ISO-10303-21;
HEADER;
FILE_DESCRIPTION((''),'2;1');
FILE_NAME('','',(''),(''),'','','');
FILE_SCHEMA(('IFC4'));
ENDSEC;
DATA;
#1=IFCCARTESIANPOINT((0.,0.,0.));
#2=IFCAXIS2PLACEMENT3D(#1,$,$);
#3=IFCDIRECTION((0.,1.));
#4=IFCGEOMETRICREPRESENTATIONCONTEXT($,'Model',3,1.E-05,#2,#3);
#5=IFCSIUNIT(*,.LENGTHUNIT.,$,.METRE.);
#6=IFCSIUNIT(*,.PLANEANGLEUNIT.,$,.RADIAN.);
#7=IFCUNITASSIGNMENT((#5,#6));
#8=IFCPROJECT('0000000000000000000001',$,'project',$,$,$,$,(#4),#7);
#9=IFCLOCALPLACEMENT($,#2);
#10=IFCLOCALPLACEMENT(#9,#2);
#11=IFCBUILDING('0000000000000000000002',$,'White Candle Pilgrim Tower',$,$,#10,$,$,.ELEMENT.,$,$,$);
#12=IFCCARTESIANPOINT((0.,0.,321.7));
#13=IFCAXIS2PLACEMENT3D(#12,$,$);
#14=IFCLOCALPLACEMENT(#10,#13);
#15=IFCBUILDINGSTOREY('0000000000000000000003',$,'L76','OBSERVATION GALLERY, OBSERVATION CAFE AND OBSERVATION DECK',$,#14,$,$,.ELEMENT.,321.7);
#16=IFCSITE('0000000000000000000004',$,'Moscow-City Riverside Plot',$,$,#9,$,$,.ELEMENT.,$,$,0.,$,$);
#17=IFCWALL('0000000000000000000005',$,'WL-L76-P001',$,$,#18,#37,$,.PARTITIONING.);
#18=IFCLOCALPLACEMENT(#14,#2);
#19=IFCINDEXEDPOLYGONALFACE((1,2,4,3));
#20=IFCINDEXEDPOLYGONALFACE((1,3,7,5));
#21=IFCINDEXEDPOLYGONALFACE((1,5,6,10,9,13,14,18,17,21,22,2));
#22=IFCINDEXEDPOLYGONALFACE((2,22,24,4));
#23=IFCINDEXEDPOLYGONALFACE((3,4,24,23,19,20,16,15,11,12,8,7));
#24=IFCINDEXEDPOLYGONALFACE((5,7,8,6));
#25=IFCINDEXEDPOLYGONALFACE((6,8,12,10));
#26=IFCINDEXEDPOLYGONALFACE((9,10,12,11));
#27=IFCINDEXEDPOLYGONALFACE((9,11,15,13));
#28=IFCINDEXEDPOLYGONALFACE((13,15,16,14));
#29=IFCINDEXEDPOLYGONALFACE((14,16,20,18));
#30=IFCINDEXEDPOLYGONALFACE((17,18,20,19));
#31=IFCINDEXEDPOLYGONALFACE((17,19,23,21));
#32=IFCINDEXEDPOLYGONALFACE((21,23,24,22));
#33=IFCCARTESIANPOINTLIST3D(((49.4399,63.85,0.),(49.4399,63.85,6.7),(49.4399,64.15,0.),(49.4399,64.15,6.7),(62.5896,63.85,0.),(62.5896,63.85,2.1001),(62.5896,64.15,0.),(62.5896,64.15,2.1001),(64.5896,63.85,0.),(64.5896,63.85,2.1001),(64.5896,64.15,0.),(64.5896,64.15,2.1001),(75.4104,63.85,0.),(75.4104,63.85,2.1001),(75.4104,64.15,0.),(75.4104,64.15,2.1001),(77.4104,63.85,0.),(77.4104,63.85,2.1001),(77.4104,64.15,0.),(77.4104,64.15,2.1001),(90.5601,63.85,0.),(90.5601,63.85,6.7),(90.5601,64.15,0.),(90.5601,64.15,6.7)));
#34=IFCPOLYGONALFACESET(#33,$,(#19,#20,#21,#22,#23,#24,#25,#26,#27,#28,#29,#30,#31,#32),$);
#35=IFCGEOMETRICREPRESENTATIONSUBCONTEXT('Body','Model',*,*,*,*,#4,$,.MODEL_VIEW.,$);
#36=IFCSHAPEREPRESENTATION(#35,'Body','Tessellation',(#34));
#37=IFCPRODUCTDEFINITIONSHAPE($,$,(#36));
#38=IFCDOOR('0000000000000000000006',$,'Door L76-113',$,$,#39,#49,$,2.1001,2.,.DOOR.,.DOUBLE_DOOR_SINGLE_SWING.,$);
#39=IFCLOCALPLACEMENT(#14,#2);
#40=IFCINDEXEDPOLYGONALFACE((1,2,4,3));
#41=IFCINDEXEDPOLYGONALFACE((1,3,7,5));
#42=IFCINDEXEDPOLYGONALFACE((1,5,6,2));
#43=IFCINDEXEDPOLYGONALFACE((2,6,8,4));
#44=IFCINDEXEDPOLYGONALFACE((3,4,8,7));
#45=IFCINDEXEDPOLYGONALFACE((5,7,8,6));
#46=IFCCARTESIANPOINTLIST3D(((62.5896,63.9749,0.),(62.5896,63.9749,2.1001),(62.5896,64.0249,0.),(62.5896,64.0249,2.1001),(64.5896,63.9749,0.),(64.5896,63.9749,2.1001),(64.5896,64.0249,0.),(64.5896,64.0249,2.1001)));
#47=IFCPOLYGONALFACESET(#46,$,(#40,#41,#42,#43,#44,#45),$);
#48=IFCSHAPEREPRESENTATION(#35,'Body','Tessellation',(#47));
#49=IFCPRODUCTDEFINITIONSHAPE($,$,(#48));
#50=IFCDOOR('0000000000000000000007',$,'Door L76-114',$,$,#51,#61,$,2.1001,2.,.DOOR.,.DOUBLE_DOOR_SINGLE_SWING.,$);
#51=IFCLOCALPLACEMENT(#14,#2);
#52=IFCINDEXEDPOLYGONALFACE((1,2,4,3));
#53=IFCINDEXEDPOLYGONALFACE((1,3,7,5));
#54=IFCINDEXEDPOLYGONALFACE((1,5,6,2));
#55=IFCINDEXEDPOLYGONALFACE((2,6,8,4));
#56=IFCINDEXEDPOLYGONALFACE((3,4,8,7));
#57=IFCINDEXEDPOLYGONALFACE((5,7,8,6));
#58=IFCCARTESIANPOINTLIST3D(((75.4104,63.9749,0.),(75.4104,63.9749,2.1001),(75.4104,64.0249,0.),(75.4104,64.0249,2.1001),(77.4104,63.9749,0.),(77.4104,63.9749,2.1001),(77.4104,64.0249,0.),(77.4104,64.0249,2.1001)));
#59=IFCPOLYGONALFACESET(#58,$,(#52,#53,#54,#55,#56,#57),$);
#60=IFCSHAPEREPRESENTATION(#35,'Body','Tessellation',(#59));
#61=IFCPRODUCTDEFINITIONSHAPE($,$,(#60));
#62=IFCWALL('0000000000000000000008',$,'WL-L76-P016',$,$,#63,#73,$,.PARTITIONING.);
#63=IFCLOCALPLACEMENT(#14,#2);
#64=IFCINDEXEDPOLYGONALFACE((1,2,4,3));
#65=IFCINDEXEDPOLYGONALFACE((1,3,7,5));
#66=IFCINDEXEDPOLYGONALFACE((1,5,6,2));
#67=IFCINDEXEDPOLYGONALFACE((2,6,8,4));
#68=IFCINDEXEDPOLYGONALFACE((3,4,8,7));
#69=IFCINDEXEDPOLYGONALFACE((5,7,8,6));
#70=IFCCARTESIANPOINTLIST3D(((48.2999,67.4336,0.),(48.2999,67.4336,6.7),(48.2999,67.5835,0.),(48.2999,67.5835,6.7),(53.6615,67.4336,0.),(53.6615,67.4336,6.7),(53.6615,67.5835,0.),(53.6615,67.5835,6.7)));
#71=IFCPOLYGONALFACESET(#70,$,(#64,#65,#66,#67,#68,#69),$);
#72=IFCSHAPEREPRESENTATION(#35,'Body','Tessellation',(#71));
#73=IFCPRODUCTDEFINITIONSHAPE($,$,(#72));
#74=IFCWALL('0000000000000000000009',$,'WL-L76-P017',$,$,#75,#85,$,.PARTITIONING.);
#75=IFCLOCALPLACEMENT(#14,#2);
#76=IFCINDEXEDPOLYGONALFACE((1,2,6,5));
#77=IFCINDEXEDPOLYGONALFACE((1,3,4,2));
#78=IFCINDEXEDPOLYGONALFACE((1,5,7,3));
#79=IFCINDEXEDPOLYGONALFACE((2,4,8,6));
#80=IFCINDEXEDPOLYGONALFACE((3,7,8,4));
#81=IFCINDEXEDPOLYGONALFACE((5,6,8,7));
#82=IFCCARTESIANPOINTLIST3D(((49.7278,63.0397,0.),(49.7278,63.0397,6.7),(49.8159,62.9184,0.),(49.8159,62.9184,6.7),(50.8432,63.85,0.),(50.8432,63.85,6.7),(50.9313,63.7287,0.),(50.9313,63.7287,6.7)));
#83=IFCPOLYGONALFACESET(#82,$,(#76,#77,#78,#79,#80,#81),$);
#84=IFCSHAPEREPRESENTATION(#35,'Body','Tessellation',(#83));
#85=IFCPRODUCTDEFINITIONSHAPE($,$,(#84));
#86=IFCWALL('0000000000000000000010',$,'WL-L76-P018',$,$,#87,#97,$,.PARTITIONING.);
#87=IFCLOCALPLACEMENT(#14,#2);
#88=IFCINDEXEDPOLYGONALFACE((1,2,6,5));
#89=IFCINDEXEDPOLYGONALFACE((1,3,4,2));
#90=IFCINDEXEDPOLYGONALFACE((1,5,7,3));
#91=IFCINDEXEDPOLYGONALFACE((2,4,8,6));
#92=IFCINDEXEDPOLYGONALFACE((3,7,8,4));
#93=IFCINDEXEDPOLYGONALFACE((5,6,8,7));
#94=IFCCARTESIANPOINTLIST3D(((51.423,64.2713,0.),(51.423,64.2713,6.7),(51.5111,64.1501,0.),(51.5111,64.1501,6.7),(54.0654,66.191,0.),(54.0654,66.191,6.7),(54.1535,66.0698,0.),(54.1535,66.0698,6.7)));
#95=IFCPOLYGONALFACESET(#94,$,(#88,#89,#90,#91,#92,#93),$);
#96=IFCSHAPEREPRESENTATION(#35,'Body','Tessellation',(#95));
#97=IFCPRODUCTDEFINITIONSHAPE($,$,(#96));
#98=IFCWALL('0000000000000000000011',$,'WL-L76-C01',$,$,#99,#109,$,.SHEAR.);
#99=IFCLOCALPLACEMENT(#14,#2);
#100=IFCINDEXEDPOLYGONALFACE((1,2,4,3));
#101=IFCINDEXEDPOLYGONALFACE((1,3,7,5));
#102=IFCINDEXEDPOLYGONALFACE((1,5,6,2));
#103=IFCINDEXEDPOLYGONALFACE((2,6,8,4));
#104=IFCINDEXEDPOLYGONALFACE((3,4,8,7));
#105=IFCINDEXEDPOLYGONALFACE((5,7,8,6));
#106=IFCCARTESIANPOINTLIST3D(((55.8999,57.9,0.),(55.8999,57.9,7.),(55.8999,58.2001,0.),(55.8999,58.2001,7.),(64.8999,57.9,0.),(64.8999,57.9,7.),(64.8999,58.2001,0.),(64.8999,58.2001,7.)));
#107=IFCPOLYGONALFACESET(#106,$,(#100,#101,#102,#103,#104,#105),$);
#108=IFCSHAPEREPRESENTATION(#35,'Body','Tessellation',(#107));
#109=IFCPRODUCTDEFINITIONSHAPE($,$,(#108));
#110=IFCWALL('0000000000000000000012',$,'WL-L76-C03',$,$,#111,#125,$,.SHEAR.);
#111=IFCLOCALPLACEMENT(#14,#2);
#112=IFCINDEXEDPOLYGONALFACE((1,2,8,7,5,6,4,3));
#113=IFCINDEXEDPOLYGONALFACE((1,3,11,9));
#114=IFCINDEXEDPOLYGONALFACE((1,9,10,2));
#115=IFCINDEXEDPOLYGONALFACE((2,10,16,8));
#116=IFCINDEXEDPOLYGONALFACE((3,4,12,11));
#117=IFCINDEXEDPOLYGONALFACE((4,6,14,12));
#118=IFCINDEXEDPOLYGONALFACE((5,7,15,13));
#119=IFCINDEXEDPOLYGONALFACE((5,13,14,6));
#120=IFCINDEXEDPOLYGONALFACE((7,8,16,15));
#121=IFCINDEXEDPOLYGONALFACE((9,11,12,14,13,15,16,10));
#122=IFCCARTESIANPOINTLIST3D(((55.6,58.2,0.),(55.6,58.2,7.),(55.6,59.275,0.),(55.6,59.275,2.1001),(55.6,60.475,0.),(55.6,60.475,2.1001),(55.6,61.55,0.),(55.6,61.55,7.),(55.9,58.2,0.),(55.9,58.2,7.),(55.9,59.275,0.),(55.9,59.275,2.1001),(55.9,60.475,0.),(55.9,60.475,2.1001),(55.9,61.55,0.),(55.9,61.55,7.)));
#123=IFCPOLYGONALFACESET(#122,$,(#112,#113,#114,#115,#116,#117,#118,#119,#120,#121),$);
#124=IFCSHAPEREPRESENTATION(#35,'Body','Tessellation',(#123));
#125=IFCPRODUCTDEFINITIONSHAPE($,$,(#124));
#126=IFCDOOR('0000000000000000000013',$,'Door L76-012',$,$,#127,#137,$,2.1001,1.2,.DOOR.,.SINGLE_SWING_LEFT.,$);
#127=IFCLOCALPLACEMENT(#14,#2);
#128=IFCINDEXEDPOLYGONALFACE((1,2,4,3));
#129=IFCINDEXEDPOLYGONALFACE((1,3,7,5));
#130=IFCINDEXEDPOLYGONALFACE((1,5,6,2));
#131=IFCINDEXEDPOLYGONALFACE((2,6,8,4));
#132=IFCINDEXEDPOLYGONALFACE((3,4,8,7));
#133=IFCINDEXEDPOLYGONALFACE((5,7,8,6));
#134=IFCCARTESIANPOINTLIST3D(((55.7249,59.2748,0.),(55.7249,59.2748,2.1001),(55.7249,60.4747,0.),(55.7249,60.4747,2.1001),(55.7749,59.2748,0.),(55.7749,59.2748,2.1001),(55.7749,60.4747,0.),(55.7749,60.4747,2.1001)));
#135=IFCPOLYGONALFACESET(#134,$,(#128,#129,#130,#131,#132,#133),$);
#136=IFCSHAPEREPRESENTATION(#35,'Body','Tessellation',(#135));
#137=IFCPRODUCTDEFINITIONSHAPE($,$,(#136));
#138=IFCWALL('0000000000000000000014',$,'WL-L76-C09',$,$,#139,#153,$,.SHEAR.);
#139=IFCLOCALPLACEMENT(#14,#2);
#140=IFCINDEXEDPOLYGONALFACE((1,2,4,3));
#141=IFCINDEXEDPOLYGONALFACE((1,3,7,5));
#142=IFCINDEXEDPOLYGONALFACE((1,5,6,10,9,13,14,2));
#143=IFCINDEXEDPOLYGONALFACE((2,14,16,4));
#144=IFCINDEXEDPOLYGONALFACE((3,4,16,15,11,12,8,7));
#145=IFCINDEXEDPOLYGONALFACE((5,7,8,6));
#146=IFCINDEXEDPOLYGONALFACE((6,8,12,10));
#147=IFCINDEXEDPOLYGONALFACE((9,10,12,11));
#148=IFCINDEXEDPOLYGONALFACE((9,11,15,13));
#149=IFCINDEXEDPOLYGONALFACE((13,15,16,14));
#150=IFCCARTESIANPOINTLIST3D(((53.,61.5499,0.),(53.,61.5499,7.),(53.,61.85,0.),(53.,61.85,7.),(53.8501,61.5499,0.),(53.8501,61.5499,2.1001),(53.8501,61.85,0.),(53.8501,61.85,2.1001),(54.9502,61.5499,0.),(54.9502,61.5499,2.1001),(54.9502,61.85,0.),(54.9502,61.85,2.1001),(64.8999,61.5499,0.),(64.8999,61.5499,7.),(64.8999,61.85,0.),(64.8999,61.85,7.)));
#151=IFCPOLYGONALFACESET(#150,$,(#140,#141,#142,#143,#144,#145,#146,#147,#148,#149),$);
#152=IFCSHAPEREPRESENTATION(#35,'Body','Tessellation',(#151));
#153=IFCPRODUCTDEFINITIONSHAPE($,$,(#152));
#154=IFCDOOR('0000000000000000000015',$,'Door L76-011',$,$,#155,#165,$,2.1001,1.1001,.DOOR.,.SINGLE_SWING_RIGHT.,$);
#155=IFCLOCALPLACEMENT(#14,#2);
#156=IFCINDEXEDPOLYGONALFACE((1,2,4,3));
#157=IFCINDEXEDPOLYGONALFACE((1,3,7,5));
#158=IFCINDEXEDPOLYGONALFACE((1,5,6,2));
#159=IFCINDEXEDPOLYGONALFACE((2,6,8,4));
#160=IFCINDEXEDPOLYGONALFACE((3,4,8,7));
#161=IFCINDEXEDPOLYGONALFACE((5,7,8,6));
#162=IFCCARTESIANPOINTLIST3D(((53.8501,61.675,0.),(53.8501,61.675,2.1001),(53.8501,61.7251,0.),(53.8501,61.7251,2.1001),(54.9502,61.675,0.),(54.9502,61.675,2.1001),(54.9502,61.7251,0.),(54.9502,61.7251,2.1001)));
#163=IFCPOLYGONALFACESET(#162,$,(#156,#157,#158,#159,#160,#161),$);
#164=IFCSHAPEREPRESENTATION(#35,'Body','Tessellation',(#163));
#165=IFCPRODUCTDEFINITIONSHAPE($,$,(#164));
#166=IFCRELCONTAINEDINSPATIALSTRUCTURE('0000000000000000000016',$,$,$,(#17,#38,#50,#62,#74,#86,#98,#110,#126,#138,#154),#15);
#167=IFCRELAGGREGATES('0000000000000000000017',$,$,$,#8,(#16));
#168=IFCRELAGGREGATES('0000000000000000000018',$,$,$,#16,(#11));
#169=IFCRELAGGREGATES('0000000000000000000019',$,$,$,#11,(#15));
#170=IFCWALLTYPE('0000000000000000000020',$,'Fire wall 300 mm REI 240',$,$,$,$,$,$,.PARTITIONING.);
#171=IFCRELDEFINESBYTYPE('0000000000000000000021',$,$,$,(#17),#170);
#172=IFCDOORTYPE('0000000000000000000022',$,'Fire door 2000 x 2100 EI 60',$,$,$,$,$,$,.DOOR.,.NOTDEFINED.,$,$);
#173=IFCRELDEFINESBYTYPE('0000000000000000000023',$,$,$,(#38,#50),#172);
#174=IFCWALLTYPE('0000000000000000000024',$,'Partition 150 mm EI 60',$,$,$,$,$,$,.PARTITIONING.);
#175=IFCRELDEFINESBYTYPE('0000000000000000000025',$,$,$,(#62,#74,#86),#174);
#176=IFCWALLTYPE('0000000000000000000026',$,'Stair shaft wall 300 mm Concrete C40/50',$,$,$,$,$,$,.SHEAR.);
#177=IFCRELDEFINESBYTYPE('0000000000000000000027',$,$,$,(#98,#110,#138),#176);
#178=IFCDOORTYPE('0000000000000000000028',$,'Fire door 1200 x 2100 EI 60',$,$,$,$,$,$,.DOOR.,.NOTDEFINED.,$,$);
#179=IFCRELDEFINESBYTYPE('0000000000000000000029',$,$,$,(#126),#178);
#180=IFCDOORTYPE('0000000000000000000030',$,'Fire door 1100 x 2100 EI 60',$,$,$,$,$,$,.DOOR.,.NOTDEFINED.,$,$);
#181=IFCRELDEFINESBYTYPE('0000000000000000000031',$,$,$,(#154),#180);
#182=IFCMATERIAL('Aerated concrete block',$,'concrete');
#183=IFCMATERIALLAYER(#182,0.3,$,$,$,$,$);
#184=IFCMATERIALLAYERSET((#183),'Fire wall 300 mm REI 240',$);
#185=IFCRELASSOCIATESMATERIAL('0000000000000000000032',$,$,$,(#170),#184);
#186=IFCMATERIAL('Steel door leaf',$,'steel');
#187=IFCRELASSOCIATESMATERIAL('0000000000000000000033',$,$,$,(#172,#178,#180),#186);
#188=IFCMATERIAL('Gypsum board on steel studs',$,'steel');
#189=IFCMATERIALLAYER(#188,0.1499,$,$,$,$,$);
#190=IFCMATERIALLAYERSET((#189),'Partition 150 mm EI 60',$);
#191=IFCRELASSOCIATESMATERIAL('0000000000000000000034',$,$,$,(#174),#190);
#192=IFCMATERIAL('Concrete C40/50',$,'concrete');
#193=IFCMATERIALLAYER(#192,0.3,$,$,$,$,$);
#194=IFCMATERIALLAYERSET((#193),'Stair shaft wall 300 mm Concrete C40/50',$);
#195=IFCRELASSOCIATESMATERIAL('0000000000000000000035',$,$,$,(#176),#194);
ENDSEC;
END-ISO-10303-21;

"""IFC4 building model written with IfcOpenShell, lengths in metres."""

from ifc_helpers import new_model, si_unit, direction, frame, frame_2d, origin, place, context, subcontext, project, spatial, rectangle, extrude, material, layer, layer_set, type_object, element, fill, save


model = new_model("IFC4")

# Units and contexts
model_context = context("Model", 3, precision=1e-05, world=origin(), true_north=direction((0.0, 1.0)))
body_context = subcontext(model_context, "Body", "Model", "MODEL_VIEW")
ifc_project = project(units=[si_unit("LENGTHUNIT", "METRE"), si_unit("PLANEANGLEUNIT", "RADIAN")], contexts=[model_context])

# Site, building, storey
site_placement = place(None, origin())
site = spatial("IfcSite", under=ifc_project, at=site_placement, Name="Moscow-City Riverside Plot", CompositionType="ELEMENT", RefElevation=0.0)
building_placement = place(site_placement, origin())
building = spatial("IfcBuilding", under=site, at=building_placement, Name="White Candle Pilgrim Tower", CompositionType="ELEMENT")
storey_placement = place(building_placement, frame((0.0, 0.0, 321.7)))
storey = spatial("IfcBuildingStorey", under=building, at=storey_placement, Name="L76", Description="OBSERVATION GALLERY, OBSERVATION CAFE AND OBSERVATION DECK", CompositionType="ELEMENT", Elevation=321.7)

# Shared definitions
ifc_material_1 = material(Name="Concrete C40/50", Category="concrete")
ifc_material_2 = material(Name="Gypsum board on steel studs", Category="steel")

# Shared definitions
ifc_material_3 = material(Name="Steel door leaf", Category="steel")

# Wall, openings, doors
ifc_material_4 = material(Name="Aerated concrete block", Category="concrete")
ifc_layer_1 = layer(ifc_material_4, 0.3)
ifc_layer_set_1 = layer_set([ifc_layer_1], Name="Fire wall 300 mm REI 240")
wall_type_1 = type_object("IfcWallType", Name="Fire wall 300 mm REI 240", PredefinedType="PARTITIONING", material=ifc_layer_set_1)
wall_1_placement = place(storey_placement, frame((49.4399, 64.0, 0.0), z_axis=(0.0, 0.0, 1.0), x_axis=(1.0, 0.0, 0.0)))
wall_1 = element("IfcWall", 1, at=wall_1_placement, inside=storey, type_object=wall_type_1, Name="WL-L76-P001", PredefinedType="PARTITIONING", context=body_context, shape_type="SweptSolid", body=[
    extrude(rectangle(XDim=41.1201, YDim=0.3, at=frame_2d((20.5601, 0.0))), origin(), (0.0, 0.0, 1.0), 6.7),
])
opening_1_placement = place(wall_1_placement, frame((13.1497, 0.0, 0.0)))
opening_1 = element("IfcOpeningElement", 2, at=opening_1_placement, cuts=wall_1, PredefinedType="OPENING", context=body_context, shape_type="SweptSolid", body=[
    extrude(rectangle(XDim=2.0, YDim=2.1001, at=frame_2d((1.0, 1.05))), frame((0.0, 0.1599, 0.0), z_axis=(0.0, -1.0, 0.0), x_axis=(1.0, 0.0, 0.0)), (0.0, 0.0, 1.0), 0.3201),
])
opening_2_placement = place(wall_1_placement, frame((25.9705, 0.0, 0.0)))
opening_2 = element("IfcOpeningElement", 3, at=opening_2_placement, cuts=wall_1, PredefinedType="OPENING", context=body_context, shape_type="SweptSolid", body=[
    extrude(rectangle(XDim=2.0, YDim=2.1001, at=frame_2d((1.0, 1.05))), frame((0.0, 0.1599, 0.0), z_axis=(0.0, -1.0, 0.0), x_axis=(1.0, 0.0, 0.0)), (0.0, 0.0, 1.0), 0.3201),
])
door_type_1 = type_object("IfcDoorType", Name="Fire door 2000 x 2100 EI 60", OperationType="NOTDEFINED", PredefinedType="DOOR", material=ifc_material_3)
door_1_placement = place(opening_1_placement, origin())
door_1 = element("IfcDoor", 4, at=door_1_placement, inside=storey, type_object=door_type_1, Name="Door L76-113", OperationType="DOUBLE_DOOR_SINGLE_SWING", OverallHeight=2.1001, OverallWidth=2.0, PredefinedType="DOOR", context=body_context, shape_type="SweptSolid", body=[
    extrude(rectangle(XDim=2.0, YDim=2.1001, at=frame_2d((1.0, 1.05))), frame((0.0, 0.0249, 0.0), z_axis=(0.0, -1.0, 0.0), x_axis=(1.0, 0.0, 0.0)), (0.0, 0.0, 1.0), 0.05),
])
fill(opening_1, door_1)
door_2_placement = place(opening_2_placement, origin())
door_2 = element("IfcDoor", 5, at=door_2_placement, inside=storey, type_object=door_type_1, Name="Door L76-114", OperationType="DOUBLE_DOOR_SINGLE_SWING", OverallHeight=2.1001, OverallWidth=2.0, PredefinedType="DOOR", context=body_context, shape_type="SweptSolid", body=[
    extrude(rectangle(XDim=2.0, YDim=2.1001, at=frame_2d((1.0, 1.05))), frame((0.0, 0.0249, 0.0), z_axis=(0.0, -1.0, 0.0), x_axis=(1.0, 0.0, 0.0)), (0.0, 0.0, 1.0), 0.05),
])
fill(opening_2, door_2)

# Walls
ifc_layer_2 = layer(ifc_material_2, 0.1499)
ifc_layer_set_2 = layer_set([ifc_layer_2], Name="Partition 150 mm EI 60")
wall_type_2 = type_object("IfcWallType", Name="Partition 150 mm EI 60", PredefinedType="PARTITIONING", material=ifc_layer_set_2)
wall_2_placement = place(storey_placement, frame((48.3, 67.5085, 0.0), z_axis=(0.0, 0.0, 1.0), x_axis=(1.0, 0.0, 0.0)))
element("IfcWall", 6, at=wall_2_placement, inside=storey, type_object=wall_type_2, Name="WL-L76-P016", PredefinedType="PARTITIONING", context=body_context, shape_type="SweptSolid", body=[
    extrude(rectangle(XDim=5.3616, YDim=0.1499, at=frame_2d((2.6807, 0.0))), origin(), (0.0, 0.0, 1.0), 6.7),
])
wall_3_placement = place(storey_placement, frame((49.7717, 62.979, 0.0), z_axis=(0.0, 0.0, 1.0), x_axis=(0.809065, 0.587719, 0.0)))
element("IfcWall", 7, at=wall_3_placement, inside=storey, type_object=wall_type_2, Name="WL-L76-P017", PredefinedType="PARTITIONING", context=body_context, shape_type="SweptSolid", body=[
    extrude(rectangle(XDim=1.3787, YDim=0.1499, at=frame_2d((0.6895, 0.0))), origin(), (0.0, 0.0, 1.0), 6.7),
])
wall_4_placement = place(storey_placement, frame((51.467, 64.2107, 0.0), z_axis=(0.0, 0.0, 1.0), x_axis=(0.80903, 0.587767, 0.0)))
element("IfcWall", 8, at=wall_4_placement, inside=storey, type_object=wall_type_2, Name="WL-L76-P018", PredefinedType="PARTITIONING", context=body_context, shape_type="SweptSolid", body=[
    extrude(rectangle(XDim=3.2661, YDim=0.1499, at=frame_2d((1.6331, 0.0))), origin(), (0.0, 0.0, 1.0), 6.7),
])
ifc_layer_3 = layer(ifc_material_1, 0.3)
ifc_layer_set_3 = layer_set([ifc_layer_3], Name="Stair shaft wall 300 mm Concrete C40/50")
wall_type_3 = type_object("IfcWallType", Name="Stair shaft wall 300 mm Concrete C40/50", PredefinedType="SHEAR", material=ifc_layer_set_3)
wall_5_placement = place(storey_placement, frame((55.8999, 58.05, 0.0), z_axis=(0.0, 0.0, 1.0), x_axis=(1.0, 0.0, 0.0)))
element("IfcWall", 9, at=wall_5_placement, inside=storey, type_object=wall_type_3, Name="WL-L76-C01", PredefinedType="SHEAR", context=body_context, shape_type="SweptSolid", body=[
    extrude(rectangle(XDim=9.0, YDim=0.3, at=frame_2d((4.5, 0.0))), origin(), (0.0, 0.0, 1.0), 7.0),
])

# Walls, openings, doors
wall_6_placement = place(storey_placement, frame((55.75, 58.2, 0.0), z_axis=(0.0, 0.0, 1.0), x_axis=(0.0, 1.0, 0.0)))
wall_6 = element("IfcWall", 10, at=wall_6_placement, inside=storey, type_object=wall_type_3, Name="WL-L76-C03", PredefinedType="SHEAR", context=body_context, shape_type="SweptSolid", body=[
    extrude(rectangle(XDim=3.3501, YDim=0.3, at=frame_2d((1.675, 0.0))), origin(), (0.0, 0.0, 1.0), 7.0),
])
opening_3_placement = place(wall_6_placement, frame((1.075, 0.0, 0.0)))
opening_3 = element("IfcOpeningElement", 11, at=opening_3_placement, cuts=wall_6, PredefinedType="OPENING", context=body_context, shape_type="SweptSolid", body=[
    extrude(rectangle(XDim=1.2, YDim=2.1001, at=frame_2d((0.6001, 1.05))), frame((0.0, 0.1599, 0.0), z_axis=(0.0, -1.0, 0.0), x_axis=(1.0, 0.0, 0.0)), (0.0, 0.0, 1.0), 0.3201),
])
door_type_2 = type_object("IfcDoorType", Name="Fire door 1200 x 2100 EI 60", OperationType="NOTDEFINED", PredefinedType="DOOR", material=ifc_material_3)
door_3_placement = place(opening_3_placement, frame((1.2, 0.0, 0.0), z_axis=(0.0, 0.0, 1.0), x_axis=(-1.0, 0.0, 0.0)))
door_3 = element("IfcDoor", 12, at=door_3_placement, inside=storey, type_object=door_type_2, Name="Door L76-012", OperationType="SINGLE_SWING_LEFT", OverallHeight=2.1001, OverallWidth=1.2, PredefinedType="DOOR", context=body_context, shape_type="SweptSolid", body=[
    extrude(rectangle(XDim=1.2, YDim=2.1001, at=frame_2d((0.6001, 1.05))), frame((0.0, 0.0249, 0.0), z_axis=(0.0, -1.0, 0.0), x_axis=(1.0, 0.0, 0.0)), (0.0, 0.0, 1.0), 0.05),
])
fill(opening_3, door_3)
wall_7_placement = place(storey_placement, frame((53.0, 61.7, 0.0), z_axis=(0.0, 0.0, 1.0), x_axis=(1.0, 0.0, 0.0)))
wall_7 = element("IfcWall", 13, at=wall_7_placement, inside=storey, type_object=wall_type_3, Name="WL-L76-C09", PredefinedType="SHEAR", context=body_context, shape_type="SweptSolid", body=[
    extrude(rectangle(XDim=11.8999, YDim=0.3, at=frame_2d((5.95, 0.0))), origin(), (0.0, 0.0, 1.0), 7.0),
])
opening_4_placement = place(wall_7_placement, frame((0.8501, 0.0, 0.0)))
opening_4 = element("IfcOpeningElement", 14, at=opening_4_placement, cuts=wall_7, PredefinedType="OPENING", context=body_context, shape_type="SweptSolid", body=[
    extrude(rectangle(XDim=1.1001, YDim=2.1001, at=frame_2d((0.55, 1.05))), frame((0.0, 0.1599, 0.0), z_axis=(0.0, -1.0, 0.0), x_axis=(1.0, 0.0, 0.0)), (0.0, 0.0, 1.0), 0.3201),
])
door_type_3 = type_object("IfcDoorType", Name="Fire door 1100 x 2100 EI 60", OperationType="NOTDEFINED", PredefinedType="DOOR", material=ifc_material_3)
door_4_placement = place(opening_4_placement, frame((1.1001, 0.0, 0.0), z_axis=(0.0, 0.0, 1.0), x_axis=(-1.0, 0.0, 0.0)))
door_4 = element("IfcDoor", 15, at=door_4_placement, inside=storey, type_object=door_type_3, Name="Door L76-011", OperationType="SINGLE_SWING_RIGHT", OverallHeight=2.1001, OverallWidth=1.1001, PredefinedType="DOOR", context=body_context, shape_type="SweptSolid", body=[
    extrude(rectangle(XDim=1.1001, YDim=2.1001, at=frame_2d((0.55, 1.05))), frame((0.0, 0.0249, 0.0), z_axis=(0.0, -1.0, 0.0), x_axis=(1.0, 0.0, 0.0)), (0.0, 0.0, 1.0), 0.05),
])
fill(opening_4, door_4)

save(model, "model.ifc")
